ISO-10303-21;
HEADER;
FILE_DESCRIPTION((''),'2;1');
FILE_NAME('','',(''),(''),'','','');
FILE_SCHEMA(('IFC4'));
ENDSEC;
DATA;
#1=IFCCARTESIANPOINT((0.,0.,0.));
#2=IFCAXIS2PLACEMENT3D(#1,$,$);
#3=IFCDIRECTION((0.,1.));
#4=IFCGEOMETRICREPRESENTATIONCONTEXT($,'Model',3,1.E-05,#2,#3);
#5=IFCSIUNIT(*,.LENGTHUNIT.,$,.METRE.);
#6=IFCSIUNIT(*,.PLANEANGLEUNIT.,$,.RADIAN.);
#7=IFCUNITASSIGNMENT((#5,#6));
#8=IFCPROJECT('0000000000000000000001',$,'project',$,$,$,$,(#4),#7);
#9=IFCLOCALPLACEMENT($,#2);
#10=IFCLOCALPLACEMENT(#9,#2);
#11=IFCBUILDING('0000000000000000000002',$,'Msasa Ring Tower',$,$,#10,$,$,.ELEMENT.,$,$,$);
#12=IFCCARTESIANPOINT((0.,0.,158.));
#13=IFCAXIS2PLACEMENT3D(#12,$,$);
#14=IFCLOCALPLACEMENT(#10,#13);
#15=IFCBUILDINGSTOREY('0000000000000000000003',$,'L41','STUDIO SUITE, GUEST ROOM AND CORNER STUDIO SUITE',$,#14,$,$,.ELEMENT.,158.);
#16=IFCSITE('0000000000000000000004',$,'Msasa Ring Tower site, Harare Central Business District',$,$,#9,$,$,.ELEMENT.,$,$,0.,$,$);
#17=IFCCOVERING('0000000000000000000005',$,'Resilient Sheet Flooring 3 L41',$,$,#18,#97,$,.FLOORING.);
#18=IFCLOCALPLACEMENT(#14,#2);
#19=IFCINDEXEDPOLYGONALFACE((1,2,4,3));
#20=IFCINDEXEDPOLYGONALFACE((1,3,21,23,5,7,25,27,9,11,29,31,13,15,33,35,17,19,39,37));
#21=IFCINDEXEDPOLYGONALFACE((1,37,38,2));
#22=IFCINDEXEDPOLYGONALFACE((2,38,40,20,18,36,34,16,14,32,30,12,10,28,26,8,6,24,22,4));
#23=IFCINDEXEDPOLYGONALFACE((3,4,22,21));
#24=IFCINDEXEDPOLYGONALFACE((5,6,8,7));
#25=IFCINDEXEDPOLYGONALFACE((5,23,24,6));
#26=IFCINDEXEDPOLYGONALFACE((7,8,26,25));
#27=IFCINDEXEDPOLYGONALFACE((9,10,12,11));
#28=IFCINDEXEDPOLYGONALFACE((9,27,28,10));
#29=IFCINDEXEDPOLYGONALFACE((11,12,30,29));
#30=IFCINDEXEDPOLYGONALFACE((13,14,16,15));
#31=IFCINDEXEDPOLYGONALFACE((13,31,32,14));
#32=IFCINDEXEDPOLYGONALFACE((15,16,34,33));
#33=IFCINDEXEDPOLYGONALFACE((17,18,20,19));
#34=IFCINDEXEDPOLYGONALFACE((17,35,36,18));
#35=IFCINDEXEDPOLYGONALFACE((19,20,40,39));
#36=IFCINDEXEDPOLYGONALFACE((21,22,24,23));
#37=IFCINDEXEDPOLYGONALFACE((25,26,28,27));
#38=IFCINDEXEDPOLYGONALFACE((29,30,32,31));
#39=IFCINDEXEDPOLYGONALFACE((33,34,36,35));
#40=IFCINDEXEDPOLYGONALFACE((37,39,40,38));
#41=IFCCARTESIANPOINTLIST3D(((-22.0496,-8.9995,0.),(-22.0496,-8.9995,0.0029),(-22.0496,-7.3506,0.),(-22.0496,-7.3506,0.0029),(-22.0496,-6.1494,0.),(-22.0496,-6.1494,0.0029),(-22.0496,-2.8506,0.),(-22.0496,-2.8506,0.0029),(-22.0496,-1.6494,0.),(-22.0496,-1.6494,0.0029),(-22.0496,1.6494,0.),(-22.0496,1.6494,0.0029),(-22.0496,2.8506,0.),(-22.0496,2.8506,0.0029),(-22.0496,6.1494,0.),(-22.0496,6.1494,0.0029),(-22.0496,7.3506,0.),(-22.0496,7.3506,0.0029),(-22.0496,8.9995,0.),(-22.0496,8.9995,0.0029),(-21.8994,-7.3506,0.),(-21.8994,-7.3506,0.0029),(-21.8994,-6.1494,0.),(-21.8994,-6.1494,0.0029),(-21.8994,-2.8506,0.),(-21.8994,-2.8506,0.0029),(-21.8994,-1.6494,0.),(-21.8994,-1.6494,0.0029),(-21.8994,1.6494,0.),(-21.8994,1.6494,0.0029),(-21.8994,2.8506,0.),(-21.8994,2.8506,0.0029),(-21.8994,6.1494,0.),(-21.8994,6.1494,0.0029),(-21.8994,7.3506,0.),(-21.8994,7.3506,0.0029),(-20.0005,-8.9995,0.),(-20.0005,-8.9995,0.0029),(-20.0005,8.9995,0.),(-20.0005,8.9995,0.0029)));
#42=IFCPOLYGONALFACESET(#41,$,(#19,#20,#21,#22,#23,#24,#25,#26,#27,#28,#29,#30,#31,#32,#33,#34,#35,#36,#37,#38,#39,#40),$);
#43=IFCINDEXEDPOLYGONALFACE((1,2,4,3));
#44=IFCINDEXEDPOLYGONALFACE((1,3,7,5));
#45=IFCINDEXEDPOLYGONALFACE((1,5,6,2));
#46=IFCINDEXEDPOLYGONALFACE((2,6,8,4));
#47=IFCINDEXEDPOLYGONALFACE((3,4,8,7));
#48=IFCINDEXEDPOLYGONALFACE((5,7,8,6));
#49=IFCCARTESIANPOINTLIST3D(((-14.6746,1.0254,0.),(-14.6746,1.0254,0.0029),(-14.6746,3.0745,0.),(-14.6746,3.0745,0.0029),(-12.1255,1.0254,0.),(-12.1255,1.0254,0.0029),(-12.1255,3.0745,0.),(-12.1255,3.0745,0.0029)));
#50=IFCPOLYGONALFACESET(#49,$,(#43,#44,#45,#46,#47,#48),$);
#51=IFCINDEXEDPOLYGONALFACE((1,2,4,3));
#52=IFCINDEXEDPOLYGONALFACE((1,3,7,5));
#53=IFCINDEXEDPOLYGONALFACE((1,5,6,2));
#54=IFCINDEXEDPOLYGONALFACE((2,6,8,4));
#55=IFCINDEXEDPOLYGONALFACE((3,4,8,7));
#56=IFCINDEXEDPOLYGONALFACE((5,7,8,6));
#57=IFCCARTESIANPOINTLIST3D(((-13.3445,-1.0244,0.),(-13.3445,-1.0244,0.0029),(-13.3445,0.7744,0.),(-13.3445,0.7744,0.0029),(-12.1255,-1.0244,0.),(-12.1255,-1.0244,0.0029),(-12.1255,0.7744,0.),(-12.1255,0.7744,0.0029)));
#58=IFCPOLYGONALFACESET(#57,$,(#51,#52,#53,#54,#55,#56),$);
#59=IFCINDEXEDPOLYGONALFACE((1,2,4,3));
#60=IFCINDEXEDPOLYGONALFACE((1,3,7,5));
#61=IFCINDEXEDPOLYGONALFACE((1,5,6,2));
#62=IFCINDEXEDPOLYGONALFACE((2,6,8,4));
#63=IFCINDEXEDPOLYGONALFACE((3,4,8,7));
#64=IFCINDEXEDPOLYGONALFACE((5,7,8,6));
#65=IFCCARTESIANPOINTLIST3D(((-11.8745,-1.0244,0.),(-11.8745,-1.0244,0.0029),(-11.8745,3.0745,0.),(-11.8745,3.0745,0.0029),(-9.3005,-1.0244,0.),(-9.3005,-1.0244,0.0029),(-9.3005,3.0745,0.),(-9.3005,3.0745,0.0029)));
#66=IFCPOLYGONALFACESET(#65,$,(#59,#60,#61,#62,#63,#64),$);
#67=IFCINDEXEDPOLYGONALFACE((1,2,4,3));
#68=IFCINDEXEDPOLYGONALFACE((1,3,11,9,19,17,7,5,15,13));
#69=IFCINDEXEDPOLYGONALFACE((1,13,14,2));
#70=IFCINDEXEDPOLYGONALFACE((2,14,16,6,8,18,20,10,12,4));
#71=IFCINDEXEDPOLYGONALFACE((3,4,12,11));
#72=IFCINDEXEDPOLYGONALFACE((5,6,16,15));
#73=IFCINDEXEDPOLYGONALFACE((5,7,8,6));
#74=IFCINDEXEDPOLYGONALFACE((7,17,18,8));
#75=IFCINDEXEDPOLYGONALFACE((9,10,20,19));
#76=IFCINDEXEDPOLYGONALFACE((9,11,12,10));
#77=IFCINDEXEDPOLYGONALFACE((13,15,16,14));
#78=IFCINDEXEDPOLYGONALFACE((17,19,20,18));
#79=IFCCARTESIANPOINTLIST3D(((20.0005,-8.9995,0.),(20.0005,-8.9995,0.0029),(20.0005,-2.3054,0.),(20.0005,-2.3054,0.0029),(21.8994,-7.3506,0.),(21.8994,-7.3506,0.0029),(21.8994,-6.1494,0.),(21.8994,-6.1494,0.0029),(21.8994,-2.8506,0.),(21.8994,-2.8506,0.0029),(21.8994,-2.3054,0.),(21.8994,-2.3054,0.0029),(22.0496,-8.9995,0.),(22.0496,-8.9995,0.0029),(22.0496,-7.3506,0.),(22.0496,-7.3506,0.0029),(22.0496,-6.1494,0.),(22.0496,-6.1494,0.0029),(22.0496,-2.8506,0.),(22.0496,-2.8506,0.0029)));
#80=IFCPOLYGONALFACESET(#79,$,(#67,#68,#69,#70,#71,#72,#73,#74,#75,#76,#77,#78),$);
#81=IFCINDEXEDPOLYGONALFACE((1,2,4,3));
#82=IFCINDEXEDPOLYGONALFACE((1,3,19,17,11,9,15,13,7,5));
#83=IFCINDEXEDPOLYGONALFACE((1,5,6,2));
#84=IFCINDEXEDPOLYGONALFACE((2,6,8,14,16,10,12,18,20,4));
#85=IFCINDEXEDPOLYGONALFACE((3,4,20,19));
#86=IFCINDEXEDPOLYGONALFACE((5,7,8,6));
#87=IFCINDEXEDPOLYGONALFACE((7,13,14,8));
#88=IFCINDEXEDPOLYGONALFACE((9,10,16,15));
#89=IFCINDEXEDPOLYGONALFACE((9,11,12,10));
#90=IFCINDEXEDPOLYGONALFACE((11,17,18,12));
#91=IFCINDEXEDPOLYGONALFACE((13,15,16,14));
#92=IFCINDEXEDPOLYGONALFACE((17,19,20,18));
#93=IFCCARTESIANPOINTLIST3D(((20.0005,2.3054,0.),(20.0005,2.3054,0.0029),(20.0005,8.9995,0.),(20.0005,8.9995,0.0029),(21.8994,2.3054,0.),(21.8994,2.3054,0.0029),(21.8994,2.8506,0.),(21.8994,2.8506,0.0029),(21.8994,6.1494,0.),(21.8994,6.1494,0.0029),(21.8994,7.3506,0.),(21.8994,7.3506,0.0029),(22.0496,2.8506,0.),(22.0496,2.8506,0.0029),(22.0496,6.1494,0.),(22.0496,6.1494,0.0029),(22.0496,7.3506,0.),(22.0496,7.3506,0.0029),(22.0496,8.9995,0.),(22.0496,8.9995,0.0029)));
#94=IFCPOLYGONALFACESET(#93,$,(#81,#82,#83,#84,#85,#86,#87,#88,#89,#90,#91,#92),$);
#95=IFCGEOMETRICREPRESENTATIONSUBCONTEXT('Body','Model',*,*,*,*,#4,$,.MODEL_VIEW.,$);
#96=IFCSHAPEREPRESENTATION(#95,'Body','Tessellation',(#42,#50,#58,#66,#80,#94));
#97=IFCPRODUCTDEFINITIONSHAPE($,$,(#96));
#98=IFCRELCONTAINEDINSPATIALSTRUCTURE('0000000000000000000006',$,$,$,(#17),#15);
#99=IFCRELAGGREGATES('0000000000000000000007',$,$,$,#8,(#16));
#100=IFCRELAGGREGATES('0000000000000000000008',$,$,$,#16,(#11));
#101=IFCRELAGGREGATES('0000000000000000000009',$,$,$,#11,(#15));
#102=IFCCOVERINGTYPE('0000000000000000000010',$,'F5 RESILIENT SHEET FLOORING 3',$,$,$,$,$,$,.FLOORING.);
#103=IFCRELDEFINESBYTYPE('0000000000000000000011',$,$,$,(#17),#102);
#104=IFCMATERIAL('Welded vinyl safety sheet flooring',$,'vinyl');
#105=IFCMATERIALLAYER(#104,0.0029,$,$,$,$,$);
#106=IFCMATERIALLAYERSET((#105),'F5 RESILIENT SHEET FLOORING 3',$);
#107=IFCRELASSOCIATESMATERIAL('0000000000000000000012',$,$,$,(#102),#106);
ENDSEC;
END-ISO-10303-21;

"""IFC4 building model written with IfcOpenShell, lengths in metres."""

from ifc_helpers import new_model, si_unit, direction, frame, origin, place, context, subcontext, project, spatial, line, indexed_curve, outline, extrude, material, layer, layer_set, type_object, element, save


model = new_model("IFC4")

# Units and contexts
model_context = context("Model", 3, precision=1e-05, world=origin(), true_north=direction((0.0, 1.0)))
body_context = subcontext(model_context, "Body", "Model", "MODEL_VIEW")
ifc_project = project(units=[si_unit("LENGTHUNIT", "METRE"), si_unit("PLANEANGLEUNIT", "RADIAN")], contexts=[model_context])

# Site, building, storey
site_placement = place(None, origin())
site = spatial("IfcSite", under=ifc_project, at=site_placement, Name="Msasa Ring Tower site, Harare Central Business District", CompositionType="ELEMENT", RefElevation=0.0)
building_placement = place(site_placement, origin())
building = spatial("IfcBuilding", under=site, at=building_placement, Name="Msasa Ring Tower", CompositionType="ELEMENT")
storey_placement = place(building_placement, frame((0.0, 0.0, 158.0)))
storey = spatial("IfcBuildingStorey", under=building, at=storey_placement, Name="L41", Description="STUDIO SUITE, GUEST ROOM AND CORNER STUDIO SUITE", CompositionType="ELEMENT", Elevation=158.0)

# Covering
ifc_material_1 = material(Name="Welded vinyl safety sheet flooring", Category="vinyl")
ifc_layer_1 = layer(ifc_material_1, 0.0029)
ifc_layer_set_1 = layer_set([ifc_layer_1], Name="F5 RESILIENT SHEET FLOORING 3")
covering_type_1 = type_object("IfcCoveringType", Name="F5 RESILIENT SHEET FLOORING 3", PredefinedType="FLOORING", material=ifc_layer_set_1)
covering_1_placement = place(storey_placement, origin())
element("IfcCovering", 1, at=covering_1_placement, inside=storey, type_object=covering_type_1, Name="Resilient Sheet Flooring 3 L41", PredefinedType="FLOORING", context=body_context, shape_type="SweptSolid", body=[
    extrude(outline(indexed_curve([(-20.0005, -8.9995), (-22.0496, -8.9995), (-22.0496, -7.3506), (-21.8994, -7.3506), (-21.8994, -6.1494), (-22.0496, -6.1494), (-22.0496, -2.8506), (-21.8994, -2.8506), (-21.8994, -1.6494), (-22.0496, -1.6494), (-22.0496, 1.6494), (-21.8994, 1.6494), (-21.8994, 2.8506), (-22.0496, 2.8506), (-22.0496, 6.1494), (-21.8994, 6.1494), (-21.8994, 7.3506), (-22.0496, 7.3506), (-22.0496, 8.9995), (-20.0005, 8.9995)], segments=[line(1, 2, 3, 4, 5, 6, 7, 8, 9, 10, 11, 12, 13, 14, 15, 16, 17, 18, 19, 20, 1)], self_intersect=False)), origin(), (0.0, 0.0, 1.0), 0.0029),
    extrude(outline(indexed_curve([(-14.6746, 3.0745), (-12.1255, 3.0745), (-12.1255, 1.0254), (-14.6746, 1.0254)], segments=[line(1, 2, 3, 4, 1)], self_intersect=False)), origin(), (0.0, 0.0, 1.0), 0.0029),
    extrude(outline(indexed_curve([(-13.3445, 0.7744), (-12.1255, 0.7744), (-12.1255, -1.0244), (-13.3445, -1.0244)], segments=[line(1, 2, 3, 4, 1)], self_intersect=False)), origin(), (0.0, 0.0, 1.0), 0.0029),
    extrude(outline(indexed_curve([(-11.8745, -1.0244), (-11.8745, 3.0745), (-9.3005, 3.0745), (-9.3005, -1.0244)], segments=[line(1, 2, 3, 4, 1)], self_intersect=False)), origin(), (0.0, 0.0, 1.0), 0.0029),
    extrude(outline(indexed_curve([(22.0496, -6.1494), (21.8994, -6.1494), (21.8994, -7.3506), (22.0496, -7.3506), (22.0496, -8.9995), (20.0005, -8.9995), (20.0005, -2.3054), (21.8994, -2.3054), (21.8994, -2.8506), (22.0496, -2.8506)], segments=[line(1, 2, 3, 4, 5, 6, 7, 8, 9, 10, 1)], self_intersect=False)), origin(), (0.0, 0.0, 1.0), 0.0029),
    extrude(outline(indexed_curve([(20.0005, 2.3054), (20.0005, 8.9995), (22.0496, 8.9995), (22.0496, 7.3506), (21.8994, 7.3506), (21.8994, 6.1494), (22.0496, 6.1494), (22.0496, 2.8506), (21.8994, 2.8506), (21.8994, 2.3054)], segments=[line(1, 2, 3, 4, 5, 6, 7, 8, 9, 10, 1)], self_intersect=False)), origin(), (0.0, 0.0, 1.0), 0.0029),
])

save(model, "model.ifc")
